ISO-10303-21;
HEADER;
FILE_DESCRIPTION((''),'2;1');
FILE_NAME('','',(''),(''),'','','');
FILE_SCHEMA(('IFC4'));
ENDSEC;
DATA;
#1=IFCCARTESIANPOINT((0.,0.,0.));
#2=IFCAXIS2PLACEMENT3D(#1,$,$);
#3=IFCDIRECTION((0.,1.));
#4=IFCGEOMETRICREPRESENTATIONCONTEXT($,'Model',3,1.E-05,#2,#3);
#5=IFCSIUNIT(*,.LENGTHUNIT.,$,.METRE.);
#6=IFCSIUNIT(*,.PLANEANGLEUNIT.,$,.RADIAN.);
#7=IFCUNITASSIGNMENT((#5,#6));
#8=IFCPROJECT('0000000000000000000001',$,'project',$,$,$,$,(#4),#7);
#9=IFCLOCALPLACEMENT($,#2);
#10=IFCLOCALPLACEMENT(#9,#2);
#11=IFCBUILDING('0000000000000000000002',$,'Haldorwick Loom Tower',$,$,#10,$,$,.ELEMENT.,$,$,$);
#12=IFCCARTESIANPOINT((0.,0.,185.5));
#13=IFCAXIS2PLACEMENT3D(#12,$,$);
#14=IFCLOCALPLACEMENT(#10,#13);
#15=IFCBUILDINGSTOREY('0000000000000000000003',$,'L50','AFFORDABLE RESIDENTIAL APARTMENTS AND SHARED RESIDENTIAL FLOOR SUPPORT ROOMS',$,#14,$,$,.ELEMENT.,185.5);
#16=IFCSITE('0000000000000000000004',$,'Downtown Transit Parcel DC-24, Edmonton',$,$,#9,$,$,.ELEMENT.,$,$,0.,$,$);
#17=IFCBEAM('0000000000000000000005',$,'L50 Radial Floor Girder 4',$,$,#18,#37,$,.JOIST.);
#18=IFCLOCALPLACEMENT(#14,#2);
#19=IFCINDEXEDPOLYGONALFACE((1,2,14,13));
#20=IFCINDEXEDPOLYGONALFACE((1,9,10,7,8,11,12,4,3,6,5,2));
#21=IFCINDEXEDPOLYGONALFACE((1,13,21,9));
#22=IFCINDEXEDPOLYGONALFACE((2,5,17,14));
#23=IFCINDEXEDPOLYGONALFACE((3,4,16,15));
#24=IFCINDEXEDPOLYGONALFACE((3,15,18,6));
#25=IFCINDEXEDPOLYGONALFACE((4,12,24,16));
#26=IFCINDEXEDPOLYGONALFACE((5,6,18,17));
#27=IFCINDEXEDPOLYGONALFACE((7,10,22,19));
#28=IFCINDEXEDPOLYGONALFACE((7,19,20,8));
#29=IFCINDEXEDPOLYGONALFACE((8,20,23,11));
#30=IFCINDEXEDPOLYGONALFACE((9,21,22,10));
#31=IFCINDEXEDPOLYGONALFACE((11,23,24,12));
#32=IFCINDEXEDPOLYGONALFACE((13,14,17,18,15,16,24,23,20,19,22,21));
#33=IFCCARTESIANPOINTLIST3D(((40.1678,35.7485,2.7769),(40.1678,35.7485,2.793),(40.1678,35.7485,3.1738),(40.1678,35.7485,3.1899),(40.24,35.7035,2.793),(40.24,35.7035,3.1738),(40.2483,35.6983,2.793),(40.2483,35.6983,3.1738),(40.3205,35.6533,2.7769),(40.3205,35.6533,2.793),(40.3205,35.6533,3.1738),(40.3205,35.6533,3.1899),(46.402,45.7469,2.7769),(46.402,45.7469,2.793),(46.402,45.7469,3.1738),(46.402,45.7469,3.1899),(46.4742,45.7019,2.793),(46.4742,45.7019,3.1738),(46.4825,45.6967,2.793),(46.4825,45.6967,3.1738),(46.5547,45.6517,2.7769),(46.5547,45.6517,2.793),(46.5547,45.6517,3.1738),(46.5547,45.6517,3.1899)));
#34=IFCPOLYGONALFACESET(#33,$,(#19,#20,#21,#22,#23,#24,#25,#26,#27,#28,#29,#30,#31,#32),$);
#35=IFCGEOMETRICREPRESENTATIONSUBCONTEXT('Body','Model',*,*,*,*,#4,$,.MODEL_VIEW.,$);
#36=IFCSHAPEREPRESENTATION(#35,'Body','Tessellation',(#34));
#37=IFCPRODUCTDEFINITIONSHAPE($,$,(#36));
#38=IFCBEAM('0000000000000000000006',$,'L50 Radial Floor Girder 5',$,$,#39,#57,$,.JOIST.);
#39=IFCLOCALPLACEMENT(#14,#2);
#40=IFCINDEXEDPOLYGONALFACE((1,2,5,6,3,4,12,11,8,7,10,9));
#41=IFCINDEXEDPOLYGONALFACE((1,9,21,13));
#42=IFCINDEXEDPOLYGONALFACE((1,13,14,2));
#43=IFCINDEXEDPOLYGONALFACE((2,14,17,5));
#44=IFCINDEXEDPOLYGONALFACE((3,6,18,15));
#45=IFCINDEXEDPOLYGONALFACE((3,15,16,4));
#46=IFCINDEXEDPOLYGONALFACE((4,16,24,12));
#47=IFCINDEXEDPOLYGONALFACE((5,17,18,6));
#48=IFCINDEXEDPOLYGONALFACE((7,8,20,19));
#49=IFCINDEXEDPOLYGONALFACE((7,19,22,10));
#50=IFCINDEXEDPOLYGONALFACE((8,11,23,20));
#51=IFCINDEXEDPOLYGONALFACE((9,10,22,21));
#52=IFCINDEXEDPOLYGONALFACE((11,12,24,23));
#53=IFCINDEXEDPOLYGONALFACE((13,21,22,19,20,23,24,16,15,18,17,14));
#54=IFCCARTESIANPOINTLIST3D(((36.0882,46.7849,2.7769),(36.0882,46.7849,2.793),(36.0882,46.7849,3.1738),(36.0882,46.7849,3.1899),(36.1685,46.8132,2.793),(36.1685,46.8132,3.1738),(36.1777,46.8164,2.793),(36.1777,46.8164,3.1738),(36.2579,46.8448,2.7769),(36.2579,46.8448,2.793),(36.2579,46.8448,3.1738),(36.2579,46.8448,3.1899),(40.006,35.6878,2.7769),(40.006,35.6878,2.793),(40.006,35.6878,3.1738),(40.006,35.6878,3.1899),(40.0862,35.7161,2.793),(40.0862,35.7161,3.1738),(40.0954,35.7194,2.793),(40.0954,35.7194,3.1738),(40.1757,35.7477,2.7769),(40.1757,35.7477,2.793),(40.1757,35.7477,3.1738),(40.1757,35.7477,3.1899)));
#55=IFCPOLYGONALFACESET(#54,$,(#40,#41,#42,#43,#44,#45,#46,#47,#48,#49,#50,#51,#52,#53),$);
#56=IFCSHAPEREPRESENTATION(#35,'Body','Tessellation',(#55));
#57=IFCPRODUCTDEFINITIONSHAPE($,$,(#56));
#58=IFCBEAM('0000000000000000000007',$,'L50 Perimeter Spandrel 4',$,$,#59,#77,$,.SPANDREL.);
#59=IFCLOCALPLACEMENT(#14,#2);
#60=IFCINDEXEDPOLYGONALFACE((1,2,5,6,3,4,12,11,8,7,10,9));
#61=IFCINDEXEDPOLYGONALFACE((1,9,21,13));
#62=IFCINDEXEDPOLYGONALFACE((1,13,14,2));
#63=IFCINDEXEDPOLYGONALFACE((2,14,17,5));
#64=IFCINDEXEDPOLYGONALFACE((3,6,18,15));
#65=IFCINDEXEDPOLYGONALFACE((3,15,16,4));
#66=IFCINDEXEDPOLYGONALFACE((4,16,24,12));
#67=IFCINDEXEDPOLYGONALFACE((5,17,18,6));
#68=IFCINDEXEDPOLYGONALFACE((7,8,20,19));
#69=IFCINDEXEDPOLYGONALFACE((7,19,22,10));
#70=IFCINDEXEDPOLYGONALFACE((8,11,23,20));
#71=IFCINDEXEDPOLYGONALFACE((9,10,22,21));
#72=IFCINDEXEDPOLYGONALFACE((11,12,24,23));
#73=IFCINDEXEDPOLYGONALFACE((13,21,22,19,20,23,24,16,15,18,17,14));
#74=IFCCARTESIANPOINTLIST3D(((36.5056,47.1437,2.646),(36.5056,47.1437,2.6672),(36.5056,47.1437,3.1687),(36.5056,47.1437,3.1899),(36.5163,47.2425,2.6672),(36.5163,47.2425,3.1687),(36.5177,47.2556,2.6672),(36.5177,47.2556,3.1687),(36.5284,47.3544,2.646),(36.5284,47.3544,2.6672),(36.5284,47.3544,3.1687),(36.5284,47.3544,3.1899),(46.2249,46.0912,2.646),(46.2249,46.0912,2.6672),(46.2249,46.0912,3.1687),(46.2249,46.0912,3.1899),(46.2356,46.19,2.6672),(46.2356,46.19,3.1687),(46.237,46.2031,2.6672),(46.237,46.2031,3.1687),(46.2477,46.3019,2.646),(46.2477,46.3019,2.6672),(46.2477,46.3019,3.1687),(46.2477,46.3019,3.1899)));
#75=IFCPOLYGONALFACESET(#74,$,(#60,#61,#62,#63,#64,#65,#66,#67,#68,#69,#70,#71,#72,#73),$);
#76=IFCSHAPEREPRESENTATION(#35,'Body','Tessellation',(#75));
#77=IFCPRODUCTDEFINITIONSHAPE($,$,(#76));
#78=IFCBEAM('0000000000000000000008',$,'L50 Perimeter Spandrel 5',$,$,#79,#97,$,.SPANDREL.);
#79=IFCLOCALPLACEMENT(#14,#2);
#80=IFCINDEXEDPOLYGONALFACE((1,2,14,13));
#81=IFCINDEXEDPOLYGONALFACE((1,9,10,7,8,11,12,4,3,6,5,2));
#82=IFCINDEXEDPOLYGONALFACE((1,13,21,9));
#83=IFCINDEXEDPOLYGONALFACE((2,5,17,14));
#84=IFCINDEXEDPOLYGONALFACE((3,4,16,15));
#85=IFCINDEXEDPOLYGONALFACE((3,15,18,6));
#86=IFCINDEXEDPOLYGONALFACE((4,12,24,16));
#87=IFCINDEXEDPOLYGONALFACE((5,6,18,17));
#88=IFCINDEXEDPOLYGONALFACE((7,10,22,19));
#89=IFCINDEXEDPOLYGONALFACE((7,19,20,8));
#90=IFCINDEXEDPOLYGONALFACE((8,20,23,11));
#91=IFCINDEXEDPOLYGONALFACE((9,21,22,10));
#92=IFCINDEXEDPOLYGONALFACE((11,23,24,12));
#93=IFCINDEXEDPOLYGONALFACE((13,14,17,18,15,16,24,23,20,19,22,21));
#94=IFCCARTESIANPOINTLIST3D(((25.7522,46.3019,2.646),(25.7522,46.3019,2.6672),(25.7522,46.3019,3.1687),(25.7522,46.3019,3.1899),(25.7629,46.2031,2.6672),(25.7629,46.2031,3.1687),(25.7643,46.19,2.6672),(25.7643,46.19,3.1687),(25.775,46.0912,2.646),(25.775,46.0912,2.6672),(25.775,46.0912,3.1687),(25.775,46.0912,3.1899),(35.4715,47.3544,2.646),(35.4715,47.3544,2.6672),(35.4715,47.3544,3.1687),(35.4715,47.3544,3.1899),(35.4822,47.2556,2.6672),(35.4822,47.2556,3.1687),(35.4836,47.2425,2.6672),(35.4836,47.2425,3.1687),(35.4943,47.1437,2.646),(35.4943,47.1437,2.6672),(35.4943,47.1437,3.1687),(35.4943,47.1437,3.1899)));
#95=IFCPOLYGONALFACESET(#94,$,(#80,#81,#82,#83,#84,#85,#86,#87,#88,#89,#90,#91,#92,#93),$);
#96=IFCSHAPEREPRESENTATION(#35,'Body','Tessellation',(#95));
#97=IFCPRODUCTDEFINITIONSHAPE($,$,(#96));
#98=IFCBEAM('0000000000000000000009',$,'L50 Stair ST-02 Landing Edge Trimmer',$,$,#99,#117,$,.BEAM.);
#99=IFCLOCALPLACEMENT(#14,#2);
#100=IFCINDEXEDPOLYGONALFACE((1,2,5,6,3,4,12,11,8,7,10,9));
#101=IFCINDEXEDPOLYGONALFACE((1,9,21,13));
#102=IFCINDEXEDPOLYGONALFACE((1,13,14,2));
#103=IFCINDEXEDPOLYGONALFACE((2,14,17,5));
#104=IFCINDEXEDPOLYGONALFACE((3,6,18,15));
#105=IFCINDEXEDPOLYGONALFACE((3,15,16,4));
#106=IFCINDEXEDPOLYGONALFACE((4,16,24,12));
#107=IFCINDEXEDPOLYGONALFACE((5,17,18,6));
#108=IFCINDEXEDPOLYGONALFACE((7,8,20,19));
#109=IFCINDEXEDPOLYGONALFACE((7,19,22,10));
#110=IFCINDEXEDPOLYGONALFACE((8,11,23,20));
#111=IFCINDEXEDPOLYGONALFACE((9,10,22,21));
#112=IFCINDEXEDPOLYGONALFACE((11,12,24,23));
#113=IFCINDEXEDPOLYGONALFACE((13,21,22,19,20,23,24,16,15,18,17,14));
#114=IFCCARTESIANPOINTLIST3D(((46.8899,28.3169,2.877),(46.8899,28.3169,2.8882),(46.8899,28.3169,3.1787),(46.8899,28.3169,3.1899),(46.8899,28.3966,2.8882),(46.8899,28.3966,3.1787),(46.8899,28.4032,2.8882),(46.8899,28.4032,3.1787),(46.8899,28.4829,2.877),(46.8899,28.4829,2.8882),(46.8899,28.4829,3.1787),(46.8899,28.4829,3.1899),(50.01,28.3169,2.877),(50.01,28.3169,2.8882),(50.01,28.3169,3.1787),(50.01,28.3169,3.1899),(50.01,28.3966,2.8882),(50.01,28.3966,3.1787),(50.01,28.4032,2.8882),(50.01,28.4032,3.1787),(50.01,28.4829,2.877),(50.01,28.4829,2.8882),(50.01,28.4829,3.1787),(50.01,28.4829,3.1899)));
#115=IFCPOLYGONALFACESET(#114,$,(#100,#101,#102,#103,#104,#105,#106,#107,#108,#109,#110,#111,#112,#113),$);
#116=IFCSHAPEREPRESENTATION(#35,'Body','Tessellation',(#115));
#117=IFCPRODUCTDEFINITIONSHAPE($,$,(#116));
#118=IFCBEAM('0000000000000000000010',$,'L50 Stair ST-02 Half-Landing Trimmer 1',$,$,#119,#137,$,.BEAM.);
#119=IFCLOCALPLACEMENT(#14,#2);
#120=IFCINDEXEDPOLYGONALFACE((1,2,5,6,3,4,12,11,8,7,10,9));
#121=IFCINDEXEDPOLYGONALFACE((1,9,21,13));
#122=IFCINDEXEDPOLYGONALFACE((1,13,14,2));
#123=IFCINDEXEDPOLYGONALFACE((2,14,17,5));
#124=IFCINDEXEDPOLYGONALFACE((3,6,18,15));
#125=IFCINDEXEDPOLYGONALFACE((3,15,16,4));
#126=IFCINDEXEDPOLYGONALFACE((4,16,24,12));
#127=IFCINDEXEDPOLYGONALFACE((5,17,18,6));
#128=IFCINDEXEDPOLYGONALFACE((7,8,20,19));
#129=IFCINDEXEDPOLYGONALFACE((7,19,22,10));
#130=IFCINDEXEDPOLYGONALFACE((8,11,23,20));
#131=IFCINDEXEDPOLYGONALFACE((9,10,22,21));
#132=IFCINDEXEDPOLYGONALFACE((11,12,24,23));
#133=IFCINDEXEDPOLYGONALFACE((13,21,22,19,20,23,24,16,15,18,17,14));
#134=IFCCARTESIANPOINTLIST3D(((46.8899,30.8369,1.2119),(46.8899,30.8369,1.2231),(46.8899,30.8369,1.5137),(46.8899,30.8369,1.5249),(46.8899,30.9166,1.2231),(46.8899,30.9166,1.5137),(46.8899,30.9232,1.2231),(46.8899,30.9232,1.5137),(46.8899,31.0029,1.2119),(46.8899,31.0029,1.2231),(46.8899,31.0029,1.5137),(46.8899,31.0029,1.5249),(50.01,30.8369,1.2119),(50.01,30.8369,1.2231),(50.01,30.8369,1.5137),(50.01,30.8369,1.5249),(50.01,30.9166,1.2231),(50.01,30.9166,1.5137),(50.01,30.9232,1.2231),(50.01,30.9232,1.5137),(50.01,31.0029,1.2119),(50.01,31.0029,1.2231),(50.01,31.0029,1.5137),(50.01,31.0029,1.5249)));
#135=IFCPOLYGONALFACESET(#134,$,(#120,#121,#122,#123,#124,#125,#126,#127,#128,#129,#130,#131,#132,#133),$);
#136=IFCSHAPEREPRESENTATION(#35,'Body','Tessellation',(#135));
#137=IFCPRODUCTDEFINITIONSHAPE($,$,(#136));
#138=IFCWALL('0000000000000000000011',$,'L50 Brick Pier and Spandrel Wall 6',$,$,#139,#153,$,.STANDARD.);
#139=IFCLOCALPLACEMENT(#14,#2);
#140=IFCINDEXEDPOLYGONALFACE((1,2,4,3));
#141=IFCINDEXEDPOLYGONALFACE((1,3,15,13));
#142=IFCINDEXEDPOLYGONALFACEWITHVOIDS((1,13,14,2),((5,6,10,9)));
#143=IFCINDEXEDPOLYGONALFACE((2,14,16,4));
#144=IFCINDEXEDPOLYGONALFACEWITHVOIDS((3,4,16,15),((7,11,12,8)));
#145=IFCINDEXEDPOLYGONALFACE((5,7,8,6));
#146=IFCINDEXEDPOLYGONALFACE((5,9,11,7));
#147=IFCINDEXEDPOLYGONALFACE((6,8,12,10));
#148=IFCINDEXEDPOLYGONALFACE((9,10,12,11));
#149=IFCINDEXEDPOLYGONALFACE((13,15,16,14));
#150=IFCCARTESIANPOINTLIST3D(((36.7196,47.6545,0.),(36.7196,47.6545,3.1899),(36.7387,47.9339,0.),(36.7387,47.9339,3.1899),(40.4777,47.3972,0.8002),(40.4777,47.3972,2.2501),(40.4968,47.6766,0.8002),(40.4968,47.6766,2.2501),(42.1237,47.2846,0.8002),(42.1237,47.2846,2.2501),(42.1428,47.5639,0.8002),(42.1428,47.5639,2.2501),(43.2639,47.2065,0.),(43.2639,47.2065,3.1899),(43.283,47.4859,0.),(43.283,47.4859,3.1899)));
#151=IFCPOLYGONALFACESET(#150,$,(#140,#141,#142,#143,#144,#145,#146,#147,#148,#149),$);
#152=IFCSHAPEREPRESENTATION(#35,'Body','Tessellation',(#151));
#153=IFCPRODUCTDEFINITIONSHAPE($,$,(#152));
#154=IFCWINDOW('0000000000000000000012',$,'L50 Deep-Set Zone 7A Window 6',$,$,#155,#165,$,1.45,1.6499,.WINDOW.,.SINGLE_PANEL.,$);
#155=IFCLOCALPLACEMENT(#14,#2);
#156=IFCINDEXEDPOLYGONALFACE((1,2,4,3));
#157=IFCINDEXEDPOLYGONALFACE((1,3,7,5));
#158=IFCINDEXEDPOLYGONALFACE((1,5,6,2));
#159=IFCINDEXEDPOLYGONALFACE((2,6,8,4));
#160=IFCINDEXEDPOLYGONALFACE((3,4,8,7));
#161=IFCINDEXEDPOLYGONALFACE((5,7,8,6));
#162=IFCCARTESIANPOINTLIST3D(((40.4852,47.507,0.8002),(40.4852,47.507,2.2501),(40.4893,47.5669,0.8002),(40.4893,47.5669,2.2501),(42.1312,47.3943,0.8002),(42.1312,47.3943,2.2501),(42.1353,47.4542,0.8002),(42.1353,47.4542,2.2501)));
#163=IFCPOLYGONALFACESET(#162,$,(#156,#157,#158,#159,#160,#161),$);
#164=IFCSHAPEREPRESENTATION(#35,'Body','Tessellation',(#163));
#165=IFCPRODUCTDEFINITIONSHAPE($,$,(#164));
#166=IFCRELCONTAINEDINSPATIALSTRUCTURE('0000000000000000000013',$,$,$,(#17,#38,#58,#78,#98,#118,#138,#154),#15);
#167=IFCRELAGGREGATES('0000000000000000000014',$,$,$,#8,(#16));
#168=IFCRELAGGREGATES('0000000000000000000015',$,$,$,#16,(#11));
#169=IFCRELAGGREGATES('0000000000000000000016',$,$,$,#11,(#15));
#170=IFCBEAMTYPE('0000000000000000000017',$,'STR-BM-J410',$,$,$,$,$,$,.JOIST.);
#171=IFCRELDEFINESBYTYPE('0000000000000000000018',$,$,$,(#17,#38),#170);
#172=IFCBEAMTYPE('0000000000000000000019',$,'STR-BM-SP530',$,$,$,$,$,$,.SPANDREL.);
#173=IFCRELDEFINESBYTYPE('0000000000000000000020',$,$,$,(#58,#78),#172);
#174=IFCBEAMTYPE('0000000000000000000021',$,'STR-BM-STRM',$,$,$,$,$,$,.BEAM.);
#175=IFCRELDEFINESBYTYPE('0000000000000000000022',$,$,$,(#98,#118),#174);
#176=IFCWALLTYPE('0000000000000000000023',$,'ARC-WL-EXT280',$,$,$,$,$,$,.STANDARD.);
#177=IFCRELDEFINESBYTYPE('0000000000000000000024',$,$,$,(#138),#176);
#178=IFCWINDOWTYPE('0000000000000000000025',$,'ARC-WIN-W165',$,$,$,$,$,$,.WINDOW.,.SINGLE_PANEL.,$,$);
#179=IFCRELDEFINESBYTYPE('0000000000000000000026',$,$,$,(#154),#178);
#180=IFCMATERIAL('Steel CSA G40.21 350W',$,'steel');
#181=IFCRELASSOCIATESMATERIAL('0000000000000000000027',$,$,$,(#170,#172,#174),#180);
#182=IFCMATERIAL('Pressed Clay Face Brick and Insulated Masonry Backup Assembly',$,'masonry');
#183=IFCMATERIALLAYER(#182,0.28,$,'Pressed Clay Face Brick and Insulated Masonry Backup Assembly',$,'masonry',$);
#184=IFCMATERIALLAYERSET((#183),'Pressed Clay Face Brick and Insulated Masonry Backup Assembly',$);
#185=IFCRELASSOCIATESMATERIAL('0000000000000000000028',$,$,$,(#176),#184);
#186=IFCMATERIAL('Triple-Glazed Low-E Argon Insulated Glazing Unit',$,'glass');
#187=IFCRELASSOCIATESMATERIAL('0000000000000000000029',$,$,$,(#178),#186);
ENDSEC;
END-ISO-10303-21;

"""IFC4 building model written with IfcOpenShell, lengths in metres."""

from ifc_helpers import new_model, si_unit, direction, frame, frame_2d, origin, origin_2d, place, context, subcontext, project, spatial, rectangle, i_section, extrude, material, layer, layer_set, material_profile, profile_set, type_object, element, fill, save


model = new_model("IFC4")

# Units and contexts
model_context = context("Model", 3, precision=1e-05, world=origin(), true_north=direction((0.0, 1.0)))
body_context = subcontext(model_context, "Body", "Model", "MODEL_VIEW")
ifc_project = project(units=[si_unit("LENGTHUNIT", "METRE"), si_unit("PLANEANGLEUNIT", "RADIAN")], contexts=[model_context])

# Site, building, storey
site_placement = place(None, origin())
site = spatial("IfcSite", under=ifc_project, at=site_placement, Name="Downtown Transit Parcel DC-24, Edmonton", CompositionType="ELEMENT", RefElevation=0.0)
building_placement = place(site_placement, origin())
building = spatial("IfcBuilding", under=site, at=building_placement, Name="Haldorwick Loom Tower", CompositionType="ELEMENT")
storey_placement = place(building_placement, frame((0.0, 0.0, 185.5)))
storey = spatial("IfcBuildingStorey", under=building, at=storey_placement, Name="L50", Description="AFFORDABLE RESIDENTIAL APARTMENTS AND SHARED RESIDENTIAL FLOOR SUPPORT ROOMS", CompositionType="ELEMENT", Elevation=185.5)

# Shared definitions
ifc_material_1 = material(Name="Steel CSA G40.21 350W", Category="steel")

# Beams
ifc_material_profile_1 = material_profile(ifc_material_1, i_section(OverallWidth=0.1799, OverallDepth=0.4131, WebThickness=0.0098, FlangeThickness=0.0161, at=origin_2d()), Name="W410X74", Category="steel")
ifc_profile_set_1 = profile_set([ifc_material_profile_1], Name="Steel CSA G40.21 350W")
beam_type_1 = type_object("IfcBeamType", Name="STR-BM-J410", PredefinedType="JOIST", material=ifc_profile_set_1)
beam_1_placement = place(storey_placement, frame((40.2441, 35.7009, 2.9834), z_axis=(0.529095, 0.848562, 0.0), x_axis=(-0.848562, 0.529095, 0.0)))
element("IfcBeam", 1, at=beam_1_placement, inside=storey, type_object=beam_type_1, Name="L50 Radial Floor Girder 4", PredefinedType="JOIST", context=body_context, shape_type="SweptSolid", body=[
    extrude(i_section(OverallWidth=0.1799, OverallDepth=0.4131, WebThickness=0.0098, FlangeThickness=0.0161, at=origin_2d()), origin(), (0.0, 0.0, 1.0), 11.7827),
])
beam_2_placement = place(storey_placement, frame((40.0908, 35.7178, 2.9834), z_axis=(-0.332908, 0.942959, 0.0), x_axis=(-0.942959, -0.332908, 0.0)))
element("IfcBeam", 2, at=beam_2_placement, inside=storey, type_object=beam_type_1, Name="L50 Radial Floor Girder 5", PredefinedType="JOIST", context=body_context, shape_type="SweptSolid", body=[
    extrude(i_section(OverallWidth=0.1799, OverallDepth=0.4131, WebThickness=0.0098, FlangeThickness=0.0161, at=origin_2d()), origin(), (0.0, 0.0, 1.0), 11.7683),
])
ifc_material_profile_2 = material_profile(ifc_material_1, i_section(OverallWidth=0.2119, OverallDepth=0.5439, WebThickness=0.0132, FlangeThickness=0.0212, at=origin_2d()), Name="W530X123", Category="steel")
ifc_profile_set_2 = profile_set([ifc_material_profile_2], Name="Steel CSA G40.21 350W")
beam_type_2 = type_object("IfcBeamType", Name="STR-BM-SP530", PredefinedType="SPANDREL", material=ifc_profile_set_2)
for number, where, z_axis, x_axis, name in (
    (3, (46.2363, 46.1965, 2.918), (-0.994188, 0.10766, 0.0), (-0.10766, -0.994188, 0.0), "L50 Perimeter Spandrel 4"),
    (4, (35.4829, 47.249, 2.918), (-0.994188, -0.10766, 0.0), (0.10766, -0.994188, 0.0), "L50 Perimeter Spandrel 5"),
):
    element("IfcBeam", number, at=place(storey_placement, frame(where, z_axis=z_axis, x_axis=x_axis)), inside=storey, type_object=beam_type_2, Name=name, PredefinedType="SPANDREL", context=body_context, shape_type="SweptSolid", body=[
        extrude(i_section(OverallWidth=0.2119, OverallDepth=0.5439, WebThickness=0.0132, FlangeThickness=0.0212, at=origin_2d()), origin(), (0.0, 0.0, 1.0), 9.7761),
    ])
ifc_material_profile_3 = material_profile(ifc_material_1, i_section(OverallWidth=0.166, OverallDepth=0.313, WebThickness=0.0066, FlangeThickness=0.0112, at=origin_2d()), Name="W310X45", Category="steel")
ifc_profile_set_3 = profile_set([ifc_material_profile_3], Name="Steel CSA G40.21 350W")
beam_type_3 = type_object("IfcBeamType", Name="STR-BM-STRM", PredefinedType="BEAM", material=ifc_profile_set_3)
for number, where, z_axis, x_axis, name in (
    (5, (46.8899, 28.3999, 3.0334), (1.0, 0.0, 0.0), (0.0, 1.0, 0.0), "L50 Stair ST-02 Landing Edge Trimmer"),
    (6, (46.8899, 30.9199, 1.3684), (1.0, 0.0, 0.0), (0.0, 1.0, 0.0), "L50 Stair ST-02 Half-Landing Trimmer 1"),
):
    element("IfcBeam", number, at=place(storey_placement, frame(where, z_axis=z_axis, x_axis=x_axis)), inside=storey, type_object=beam_type_3, Name=name, PredefinedType="BEAM", context=body_context, shape_type="SweptSolid", body=[
        extrude(i_section(OverallWidth=0.166, OverallDepth=0.313, WebThickness=0.0066, FlangeThickness=0.0112, at=origin_2d()), origin(), (0.0, 0.0, 1.0), 3.1201),
    ])

# Wall, opening, window
ifc_material_2 = material(Name="Pressed Clay Face Brick and Insulated Masonry Backup Assembly", Category="masonry")
ifc_layer_1 = layer(ifc_material_2, 0.28, Name="Pressed Clay Face Brick and Insulated Masonry Backup Assembly", Category="masonry")
ifc_layer_set_1 = layer_set([ifc_layer_1], Name="Pressed Clay Face Brick and Insulated Masonry Backup Assembly")
wall_type_1 = type_object("IfcWallType", Name="ARC-WL-EXT280", PredefinedType="STANDARD", material=ifc_layer_set_1)
wall_1_placement = place(storey_placement, frame((43.2734, 47.3462, 0.0), z_axis=(0.0, 0.0, 1.0), x_axis=(-0.997665, 0.068298, 0.0)))
wall_1 = element("IfcWall", 7, at=wall_1_placement, inside=storey, type_object=wall_type_1, Name="L50 Brick Pier and Spandrel Wall 6", PredefinedType="STANDARD", context=body_context, shape_type="SweptSolid", body=[
    extrude(rectangle(XDim=6.5596, YDim=0.28, at=frame_2d((3.2798, 0.0))), origin(), (0.0, 0.0, 1.0), 3.1899),
])
opening_1_placement = place(wall_1_placement, frame((1.1428, 0.0, 0.8)))
opening_1 = element("IfcOpeningElement", 8, at=opening_1_placement, cuts=wall_1, PredefinedType="OPENING", context=body_context, shape_type="SweptSolid", body=[
    extrude(rectangle(XDim=1.6499, YDim=1.45, at=frame_2d((0.825, 0.7251))), frame((0.0, 0.1499, 0.0), z_axis=(0.0, -1.0, 0.0), x_axis=(1.0, 0.0, 0.0)), (0.0, 0.0, 1.0), 0.3),
])
ifc_material_3 = material(Name="Triple-Glazed Low-E Argon Insulated Glazing Unit", Category="glass")
window_type = type_object("IfcWindowType", Name="ARC-WIN-W165", PartitioningType="SINGLE_PANEL", PredefinedType="WINDOW", material=ifc_material_3)
window_1_placement = place(opening_1_placement, origin())
window_1 = element("IfcWindow", 9, at=window_1_placement, inside=storey, type_object=window_type, Name="L50 Deep-Set Zone 7A Window 6", OverallHeight=1.45, OverallWidth=1.6499, PartitioningType="SINGLE_PANEL", PredefinedType="WINDOW", context=body_context, shape_type="SweptSolid", body=[
    extrude(rectangle(XDim=1.6499, YDim=1.45, at=frame_2d((0.825, 0.7251))), frame((0.0, 0.03, 0.0), z_axis=(0.0, -1.0, 0.0), x_axis=(1.0, 0.0, 0.0)), (0.0, 0.0, 1.0), 0.0601),
])
fill(opening_1, window_1)

save(model, "model.ifc")
